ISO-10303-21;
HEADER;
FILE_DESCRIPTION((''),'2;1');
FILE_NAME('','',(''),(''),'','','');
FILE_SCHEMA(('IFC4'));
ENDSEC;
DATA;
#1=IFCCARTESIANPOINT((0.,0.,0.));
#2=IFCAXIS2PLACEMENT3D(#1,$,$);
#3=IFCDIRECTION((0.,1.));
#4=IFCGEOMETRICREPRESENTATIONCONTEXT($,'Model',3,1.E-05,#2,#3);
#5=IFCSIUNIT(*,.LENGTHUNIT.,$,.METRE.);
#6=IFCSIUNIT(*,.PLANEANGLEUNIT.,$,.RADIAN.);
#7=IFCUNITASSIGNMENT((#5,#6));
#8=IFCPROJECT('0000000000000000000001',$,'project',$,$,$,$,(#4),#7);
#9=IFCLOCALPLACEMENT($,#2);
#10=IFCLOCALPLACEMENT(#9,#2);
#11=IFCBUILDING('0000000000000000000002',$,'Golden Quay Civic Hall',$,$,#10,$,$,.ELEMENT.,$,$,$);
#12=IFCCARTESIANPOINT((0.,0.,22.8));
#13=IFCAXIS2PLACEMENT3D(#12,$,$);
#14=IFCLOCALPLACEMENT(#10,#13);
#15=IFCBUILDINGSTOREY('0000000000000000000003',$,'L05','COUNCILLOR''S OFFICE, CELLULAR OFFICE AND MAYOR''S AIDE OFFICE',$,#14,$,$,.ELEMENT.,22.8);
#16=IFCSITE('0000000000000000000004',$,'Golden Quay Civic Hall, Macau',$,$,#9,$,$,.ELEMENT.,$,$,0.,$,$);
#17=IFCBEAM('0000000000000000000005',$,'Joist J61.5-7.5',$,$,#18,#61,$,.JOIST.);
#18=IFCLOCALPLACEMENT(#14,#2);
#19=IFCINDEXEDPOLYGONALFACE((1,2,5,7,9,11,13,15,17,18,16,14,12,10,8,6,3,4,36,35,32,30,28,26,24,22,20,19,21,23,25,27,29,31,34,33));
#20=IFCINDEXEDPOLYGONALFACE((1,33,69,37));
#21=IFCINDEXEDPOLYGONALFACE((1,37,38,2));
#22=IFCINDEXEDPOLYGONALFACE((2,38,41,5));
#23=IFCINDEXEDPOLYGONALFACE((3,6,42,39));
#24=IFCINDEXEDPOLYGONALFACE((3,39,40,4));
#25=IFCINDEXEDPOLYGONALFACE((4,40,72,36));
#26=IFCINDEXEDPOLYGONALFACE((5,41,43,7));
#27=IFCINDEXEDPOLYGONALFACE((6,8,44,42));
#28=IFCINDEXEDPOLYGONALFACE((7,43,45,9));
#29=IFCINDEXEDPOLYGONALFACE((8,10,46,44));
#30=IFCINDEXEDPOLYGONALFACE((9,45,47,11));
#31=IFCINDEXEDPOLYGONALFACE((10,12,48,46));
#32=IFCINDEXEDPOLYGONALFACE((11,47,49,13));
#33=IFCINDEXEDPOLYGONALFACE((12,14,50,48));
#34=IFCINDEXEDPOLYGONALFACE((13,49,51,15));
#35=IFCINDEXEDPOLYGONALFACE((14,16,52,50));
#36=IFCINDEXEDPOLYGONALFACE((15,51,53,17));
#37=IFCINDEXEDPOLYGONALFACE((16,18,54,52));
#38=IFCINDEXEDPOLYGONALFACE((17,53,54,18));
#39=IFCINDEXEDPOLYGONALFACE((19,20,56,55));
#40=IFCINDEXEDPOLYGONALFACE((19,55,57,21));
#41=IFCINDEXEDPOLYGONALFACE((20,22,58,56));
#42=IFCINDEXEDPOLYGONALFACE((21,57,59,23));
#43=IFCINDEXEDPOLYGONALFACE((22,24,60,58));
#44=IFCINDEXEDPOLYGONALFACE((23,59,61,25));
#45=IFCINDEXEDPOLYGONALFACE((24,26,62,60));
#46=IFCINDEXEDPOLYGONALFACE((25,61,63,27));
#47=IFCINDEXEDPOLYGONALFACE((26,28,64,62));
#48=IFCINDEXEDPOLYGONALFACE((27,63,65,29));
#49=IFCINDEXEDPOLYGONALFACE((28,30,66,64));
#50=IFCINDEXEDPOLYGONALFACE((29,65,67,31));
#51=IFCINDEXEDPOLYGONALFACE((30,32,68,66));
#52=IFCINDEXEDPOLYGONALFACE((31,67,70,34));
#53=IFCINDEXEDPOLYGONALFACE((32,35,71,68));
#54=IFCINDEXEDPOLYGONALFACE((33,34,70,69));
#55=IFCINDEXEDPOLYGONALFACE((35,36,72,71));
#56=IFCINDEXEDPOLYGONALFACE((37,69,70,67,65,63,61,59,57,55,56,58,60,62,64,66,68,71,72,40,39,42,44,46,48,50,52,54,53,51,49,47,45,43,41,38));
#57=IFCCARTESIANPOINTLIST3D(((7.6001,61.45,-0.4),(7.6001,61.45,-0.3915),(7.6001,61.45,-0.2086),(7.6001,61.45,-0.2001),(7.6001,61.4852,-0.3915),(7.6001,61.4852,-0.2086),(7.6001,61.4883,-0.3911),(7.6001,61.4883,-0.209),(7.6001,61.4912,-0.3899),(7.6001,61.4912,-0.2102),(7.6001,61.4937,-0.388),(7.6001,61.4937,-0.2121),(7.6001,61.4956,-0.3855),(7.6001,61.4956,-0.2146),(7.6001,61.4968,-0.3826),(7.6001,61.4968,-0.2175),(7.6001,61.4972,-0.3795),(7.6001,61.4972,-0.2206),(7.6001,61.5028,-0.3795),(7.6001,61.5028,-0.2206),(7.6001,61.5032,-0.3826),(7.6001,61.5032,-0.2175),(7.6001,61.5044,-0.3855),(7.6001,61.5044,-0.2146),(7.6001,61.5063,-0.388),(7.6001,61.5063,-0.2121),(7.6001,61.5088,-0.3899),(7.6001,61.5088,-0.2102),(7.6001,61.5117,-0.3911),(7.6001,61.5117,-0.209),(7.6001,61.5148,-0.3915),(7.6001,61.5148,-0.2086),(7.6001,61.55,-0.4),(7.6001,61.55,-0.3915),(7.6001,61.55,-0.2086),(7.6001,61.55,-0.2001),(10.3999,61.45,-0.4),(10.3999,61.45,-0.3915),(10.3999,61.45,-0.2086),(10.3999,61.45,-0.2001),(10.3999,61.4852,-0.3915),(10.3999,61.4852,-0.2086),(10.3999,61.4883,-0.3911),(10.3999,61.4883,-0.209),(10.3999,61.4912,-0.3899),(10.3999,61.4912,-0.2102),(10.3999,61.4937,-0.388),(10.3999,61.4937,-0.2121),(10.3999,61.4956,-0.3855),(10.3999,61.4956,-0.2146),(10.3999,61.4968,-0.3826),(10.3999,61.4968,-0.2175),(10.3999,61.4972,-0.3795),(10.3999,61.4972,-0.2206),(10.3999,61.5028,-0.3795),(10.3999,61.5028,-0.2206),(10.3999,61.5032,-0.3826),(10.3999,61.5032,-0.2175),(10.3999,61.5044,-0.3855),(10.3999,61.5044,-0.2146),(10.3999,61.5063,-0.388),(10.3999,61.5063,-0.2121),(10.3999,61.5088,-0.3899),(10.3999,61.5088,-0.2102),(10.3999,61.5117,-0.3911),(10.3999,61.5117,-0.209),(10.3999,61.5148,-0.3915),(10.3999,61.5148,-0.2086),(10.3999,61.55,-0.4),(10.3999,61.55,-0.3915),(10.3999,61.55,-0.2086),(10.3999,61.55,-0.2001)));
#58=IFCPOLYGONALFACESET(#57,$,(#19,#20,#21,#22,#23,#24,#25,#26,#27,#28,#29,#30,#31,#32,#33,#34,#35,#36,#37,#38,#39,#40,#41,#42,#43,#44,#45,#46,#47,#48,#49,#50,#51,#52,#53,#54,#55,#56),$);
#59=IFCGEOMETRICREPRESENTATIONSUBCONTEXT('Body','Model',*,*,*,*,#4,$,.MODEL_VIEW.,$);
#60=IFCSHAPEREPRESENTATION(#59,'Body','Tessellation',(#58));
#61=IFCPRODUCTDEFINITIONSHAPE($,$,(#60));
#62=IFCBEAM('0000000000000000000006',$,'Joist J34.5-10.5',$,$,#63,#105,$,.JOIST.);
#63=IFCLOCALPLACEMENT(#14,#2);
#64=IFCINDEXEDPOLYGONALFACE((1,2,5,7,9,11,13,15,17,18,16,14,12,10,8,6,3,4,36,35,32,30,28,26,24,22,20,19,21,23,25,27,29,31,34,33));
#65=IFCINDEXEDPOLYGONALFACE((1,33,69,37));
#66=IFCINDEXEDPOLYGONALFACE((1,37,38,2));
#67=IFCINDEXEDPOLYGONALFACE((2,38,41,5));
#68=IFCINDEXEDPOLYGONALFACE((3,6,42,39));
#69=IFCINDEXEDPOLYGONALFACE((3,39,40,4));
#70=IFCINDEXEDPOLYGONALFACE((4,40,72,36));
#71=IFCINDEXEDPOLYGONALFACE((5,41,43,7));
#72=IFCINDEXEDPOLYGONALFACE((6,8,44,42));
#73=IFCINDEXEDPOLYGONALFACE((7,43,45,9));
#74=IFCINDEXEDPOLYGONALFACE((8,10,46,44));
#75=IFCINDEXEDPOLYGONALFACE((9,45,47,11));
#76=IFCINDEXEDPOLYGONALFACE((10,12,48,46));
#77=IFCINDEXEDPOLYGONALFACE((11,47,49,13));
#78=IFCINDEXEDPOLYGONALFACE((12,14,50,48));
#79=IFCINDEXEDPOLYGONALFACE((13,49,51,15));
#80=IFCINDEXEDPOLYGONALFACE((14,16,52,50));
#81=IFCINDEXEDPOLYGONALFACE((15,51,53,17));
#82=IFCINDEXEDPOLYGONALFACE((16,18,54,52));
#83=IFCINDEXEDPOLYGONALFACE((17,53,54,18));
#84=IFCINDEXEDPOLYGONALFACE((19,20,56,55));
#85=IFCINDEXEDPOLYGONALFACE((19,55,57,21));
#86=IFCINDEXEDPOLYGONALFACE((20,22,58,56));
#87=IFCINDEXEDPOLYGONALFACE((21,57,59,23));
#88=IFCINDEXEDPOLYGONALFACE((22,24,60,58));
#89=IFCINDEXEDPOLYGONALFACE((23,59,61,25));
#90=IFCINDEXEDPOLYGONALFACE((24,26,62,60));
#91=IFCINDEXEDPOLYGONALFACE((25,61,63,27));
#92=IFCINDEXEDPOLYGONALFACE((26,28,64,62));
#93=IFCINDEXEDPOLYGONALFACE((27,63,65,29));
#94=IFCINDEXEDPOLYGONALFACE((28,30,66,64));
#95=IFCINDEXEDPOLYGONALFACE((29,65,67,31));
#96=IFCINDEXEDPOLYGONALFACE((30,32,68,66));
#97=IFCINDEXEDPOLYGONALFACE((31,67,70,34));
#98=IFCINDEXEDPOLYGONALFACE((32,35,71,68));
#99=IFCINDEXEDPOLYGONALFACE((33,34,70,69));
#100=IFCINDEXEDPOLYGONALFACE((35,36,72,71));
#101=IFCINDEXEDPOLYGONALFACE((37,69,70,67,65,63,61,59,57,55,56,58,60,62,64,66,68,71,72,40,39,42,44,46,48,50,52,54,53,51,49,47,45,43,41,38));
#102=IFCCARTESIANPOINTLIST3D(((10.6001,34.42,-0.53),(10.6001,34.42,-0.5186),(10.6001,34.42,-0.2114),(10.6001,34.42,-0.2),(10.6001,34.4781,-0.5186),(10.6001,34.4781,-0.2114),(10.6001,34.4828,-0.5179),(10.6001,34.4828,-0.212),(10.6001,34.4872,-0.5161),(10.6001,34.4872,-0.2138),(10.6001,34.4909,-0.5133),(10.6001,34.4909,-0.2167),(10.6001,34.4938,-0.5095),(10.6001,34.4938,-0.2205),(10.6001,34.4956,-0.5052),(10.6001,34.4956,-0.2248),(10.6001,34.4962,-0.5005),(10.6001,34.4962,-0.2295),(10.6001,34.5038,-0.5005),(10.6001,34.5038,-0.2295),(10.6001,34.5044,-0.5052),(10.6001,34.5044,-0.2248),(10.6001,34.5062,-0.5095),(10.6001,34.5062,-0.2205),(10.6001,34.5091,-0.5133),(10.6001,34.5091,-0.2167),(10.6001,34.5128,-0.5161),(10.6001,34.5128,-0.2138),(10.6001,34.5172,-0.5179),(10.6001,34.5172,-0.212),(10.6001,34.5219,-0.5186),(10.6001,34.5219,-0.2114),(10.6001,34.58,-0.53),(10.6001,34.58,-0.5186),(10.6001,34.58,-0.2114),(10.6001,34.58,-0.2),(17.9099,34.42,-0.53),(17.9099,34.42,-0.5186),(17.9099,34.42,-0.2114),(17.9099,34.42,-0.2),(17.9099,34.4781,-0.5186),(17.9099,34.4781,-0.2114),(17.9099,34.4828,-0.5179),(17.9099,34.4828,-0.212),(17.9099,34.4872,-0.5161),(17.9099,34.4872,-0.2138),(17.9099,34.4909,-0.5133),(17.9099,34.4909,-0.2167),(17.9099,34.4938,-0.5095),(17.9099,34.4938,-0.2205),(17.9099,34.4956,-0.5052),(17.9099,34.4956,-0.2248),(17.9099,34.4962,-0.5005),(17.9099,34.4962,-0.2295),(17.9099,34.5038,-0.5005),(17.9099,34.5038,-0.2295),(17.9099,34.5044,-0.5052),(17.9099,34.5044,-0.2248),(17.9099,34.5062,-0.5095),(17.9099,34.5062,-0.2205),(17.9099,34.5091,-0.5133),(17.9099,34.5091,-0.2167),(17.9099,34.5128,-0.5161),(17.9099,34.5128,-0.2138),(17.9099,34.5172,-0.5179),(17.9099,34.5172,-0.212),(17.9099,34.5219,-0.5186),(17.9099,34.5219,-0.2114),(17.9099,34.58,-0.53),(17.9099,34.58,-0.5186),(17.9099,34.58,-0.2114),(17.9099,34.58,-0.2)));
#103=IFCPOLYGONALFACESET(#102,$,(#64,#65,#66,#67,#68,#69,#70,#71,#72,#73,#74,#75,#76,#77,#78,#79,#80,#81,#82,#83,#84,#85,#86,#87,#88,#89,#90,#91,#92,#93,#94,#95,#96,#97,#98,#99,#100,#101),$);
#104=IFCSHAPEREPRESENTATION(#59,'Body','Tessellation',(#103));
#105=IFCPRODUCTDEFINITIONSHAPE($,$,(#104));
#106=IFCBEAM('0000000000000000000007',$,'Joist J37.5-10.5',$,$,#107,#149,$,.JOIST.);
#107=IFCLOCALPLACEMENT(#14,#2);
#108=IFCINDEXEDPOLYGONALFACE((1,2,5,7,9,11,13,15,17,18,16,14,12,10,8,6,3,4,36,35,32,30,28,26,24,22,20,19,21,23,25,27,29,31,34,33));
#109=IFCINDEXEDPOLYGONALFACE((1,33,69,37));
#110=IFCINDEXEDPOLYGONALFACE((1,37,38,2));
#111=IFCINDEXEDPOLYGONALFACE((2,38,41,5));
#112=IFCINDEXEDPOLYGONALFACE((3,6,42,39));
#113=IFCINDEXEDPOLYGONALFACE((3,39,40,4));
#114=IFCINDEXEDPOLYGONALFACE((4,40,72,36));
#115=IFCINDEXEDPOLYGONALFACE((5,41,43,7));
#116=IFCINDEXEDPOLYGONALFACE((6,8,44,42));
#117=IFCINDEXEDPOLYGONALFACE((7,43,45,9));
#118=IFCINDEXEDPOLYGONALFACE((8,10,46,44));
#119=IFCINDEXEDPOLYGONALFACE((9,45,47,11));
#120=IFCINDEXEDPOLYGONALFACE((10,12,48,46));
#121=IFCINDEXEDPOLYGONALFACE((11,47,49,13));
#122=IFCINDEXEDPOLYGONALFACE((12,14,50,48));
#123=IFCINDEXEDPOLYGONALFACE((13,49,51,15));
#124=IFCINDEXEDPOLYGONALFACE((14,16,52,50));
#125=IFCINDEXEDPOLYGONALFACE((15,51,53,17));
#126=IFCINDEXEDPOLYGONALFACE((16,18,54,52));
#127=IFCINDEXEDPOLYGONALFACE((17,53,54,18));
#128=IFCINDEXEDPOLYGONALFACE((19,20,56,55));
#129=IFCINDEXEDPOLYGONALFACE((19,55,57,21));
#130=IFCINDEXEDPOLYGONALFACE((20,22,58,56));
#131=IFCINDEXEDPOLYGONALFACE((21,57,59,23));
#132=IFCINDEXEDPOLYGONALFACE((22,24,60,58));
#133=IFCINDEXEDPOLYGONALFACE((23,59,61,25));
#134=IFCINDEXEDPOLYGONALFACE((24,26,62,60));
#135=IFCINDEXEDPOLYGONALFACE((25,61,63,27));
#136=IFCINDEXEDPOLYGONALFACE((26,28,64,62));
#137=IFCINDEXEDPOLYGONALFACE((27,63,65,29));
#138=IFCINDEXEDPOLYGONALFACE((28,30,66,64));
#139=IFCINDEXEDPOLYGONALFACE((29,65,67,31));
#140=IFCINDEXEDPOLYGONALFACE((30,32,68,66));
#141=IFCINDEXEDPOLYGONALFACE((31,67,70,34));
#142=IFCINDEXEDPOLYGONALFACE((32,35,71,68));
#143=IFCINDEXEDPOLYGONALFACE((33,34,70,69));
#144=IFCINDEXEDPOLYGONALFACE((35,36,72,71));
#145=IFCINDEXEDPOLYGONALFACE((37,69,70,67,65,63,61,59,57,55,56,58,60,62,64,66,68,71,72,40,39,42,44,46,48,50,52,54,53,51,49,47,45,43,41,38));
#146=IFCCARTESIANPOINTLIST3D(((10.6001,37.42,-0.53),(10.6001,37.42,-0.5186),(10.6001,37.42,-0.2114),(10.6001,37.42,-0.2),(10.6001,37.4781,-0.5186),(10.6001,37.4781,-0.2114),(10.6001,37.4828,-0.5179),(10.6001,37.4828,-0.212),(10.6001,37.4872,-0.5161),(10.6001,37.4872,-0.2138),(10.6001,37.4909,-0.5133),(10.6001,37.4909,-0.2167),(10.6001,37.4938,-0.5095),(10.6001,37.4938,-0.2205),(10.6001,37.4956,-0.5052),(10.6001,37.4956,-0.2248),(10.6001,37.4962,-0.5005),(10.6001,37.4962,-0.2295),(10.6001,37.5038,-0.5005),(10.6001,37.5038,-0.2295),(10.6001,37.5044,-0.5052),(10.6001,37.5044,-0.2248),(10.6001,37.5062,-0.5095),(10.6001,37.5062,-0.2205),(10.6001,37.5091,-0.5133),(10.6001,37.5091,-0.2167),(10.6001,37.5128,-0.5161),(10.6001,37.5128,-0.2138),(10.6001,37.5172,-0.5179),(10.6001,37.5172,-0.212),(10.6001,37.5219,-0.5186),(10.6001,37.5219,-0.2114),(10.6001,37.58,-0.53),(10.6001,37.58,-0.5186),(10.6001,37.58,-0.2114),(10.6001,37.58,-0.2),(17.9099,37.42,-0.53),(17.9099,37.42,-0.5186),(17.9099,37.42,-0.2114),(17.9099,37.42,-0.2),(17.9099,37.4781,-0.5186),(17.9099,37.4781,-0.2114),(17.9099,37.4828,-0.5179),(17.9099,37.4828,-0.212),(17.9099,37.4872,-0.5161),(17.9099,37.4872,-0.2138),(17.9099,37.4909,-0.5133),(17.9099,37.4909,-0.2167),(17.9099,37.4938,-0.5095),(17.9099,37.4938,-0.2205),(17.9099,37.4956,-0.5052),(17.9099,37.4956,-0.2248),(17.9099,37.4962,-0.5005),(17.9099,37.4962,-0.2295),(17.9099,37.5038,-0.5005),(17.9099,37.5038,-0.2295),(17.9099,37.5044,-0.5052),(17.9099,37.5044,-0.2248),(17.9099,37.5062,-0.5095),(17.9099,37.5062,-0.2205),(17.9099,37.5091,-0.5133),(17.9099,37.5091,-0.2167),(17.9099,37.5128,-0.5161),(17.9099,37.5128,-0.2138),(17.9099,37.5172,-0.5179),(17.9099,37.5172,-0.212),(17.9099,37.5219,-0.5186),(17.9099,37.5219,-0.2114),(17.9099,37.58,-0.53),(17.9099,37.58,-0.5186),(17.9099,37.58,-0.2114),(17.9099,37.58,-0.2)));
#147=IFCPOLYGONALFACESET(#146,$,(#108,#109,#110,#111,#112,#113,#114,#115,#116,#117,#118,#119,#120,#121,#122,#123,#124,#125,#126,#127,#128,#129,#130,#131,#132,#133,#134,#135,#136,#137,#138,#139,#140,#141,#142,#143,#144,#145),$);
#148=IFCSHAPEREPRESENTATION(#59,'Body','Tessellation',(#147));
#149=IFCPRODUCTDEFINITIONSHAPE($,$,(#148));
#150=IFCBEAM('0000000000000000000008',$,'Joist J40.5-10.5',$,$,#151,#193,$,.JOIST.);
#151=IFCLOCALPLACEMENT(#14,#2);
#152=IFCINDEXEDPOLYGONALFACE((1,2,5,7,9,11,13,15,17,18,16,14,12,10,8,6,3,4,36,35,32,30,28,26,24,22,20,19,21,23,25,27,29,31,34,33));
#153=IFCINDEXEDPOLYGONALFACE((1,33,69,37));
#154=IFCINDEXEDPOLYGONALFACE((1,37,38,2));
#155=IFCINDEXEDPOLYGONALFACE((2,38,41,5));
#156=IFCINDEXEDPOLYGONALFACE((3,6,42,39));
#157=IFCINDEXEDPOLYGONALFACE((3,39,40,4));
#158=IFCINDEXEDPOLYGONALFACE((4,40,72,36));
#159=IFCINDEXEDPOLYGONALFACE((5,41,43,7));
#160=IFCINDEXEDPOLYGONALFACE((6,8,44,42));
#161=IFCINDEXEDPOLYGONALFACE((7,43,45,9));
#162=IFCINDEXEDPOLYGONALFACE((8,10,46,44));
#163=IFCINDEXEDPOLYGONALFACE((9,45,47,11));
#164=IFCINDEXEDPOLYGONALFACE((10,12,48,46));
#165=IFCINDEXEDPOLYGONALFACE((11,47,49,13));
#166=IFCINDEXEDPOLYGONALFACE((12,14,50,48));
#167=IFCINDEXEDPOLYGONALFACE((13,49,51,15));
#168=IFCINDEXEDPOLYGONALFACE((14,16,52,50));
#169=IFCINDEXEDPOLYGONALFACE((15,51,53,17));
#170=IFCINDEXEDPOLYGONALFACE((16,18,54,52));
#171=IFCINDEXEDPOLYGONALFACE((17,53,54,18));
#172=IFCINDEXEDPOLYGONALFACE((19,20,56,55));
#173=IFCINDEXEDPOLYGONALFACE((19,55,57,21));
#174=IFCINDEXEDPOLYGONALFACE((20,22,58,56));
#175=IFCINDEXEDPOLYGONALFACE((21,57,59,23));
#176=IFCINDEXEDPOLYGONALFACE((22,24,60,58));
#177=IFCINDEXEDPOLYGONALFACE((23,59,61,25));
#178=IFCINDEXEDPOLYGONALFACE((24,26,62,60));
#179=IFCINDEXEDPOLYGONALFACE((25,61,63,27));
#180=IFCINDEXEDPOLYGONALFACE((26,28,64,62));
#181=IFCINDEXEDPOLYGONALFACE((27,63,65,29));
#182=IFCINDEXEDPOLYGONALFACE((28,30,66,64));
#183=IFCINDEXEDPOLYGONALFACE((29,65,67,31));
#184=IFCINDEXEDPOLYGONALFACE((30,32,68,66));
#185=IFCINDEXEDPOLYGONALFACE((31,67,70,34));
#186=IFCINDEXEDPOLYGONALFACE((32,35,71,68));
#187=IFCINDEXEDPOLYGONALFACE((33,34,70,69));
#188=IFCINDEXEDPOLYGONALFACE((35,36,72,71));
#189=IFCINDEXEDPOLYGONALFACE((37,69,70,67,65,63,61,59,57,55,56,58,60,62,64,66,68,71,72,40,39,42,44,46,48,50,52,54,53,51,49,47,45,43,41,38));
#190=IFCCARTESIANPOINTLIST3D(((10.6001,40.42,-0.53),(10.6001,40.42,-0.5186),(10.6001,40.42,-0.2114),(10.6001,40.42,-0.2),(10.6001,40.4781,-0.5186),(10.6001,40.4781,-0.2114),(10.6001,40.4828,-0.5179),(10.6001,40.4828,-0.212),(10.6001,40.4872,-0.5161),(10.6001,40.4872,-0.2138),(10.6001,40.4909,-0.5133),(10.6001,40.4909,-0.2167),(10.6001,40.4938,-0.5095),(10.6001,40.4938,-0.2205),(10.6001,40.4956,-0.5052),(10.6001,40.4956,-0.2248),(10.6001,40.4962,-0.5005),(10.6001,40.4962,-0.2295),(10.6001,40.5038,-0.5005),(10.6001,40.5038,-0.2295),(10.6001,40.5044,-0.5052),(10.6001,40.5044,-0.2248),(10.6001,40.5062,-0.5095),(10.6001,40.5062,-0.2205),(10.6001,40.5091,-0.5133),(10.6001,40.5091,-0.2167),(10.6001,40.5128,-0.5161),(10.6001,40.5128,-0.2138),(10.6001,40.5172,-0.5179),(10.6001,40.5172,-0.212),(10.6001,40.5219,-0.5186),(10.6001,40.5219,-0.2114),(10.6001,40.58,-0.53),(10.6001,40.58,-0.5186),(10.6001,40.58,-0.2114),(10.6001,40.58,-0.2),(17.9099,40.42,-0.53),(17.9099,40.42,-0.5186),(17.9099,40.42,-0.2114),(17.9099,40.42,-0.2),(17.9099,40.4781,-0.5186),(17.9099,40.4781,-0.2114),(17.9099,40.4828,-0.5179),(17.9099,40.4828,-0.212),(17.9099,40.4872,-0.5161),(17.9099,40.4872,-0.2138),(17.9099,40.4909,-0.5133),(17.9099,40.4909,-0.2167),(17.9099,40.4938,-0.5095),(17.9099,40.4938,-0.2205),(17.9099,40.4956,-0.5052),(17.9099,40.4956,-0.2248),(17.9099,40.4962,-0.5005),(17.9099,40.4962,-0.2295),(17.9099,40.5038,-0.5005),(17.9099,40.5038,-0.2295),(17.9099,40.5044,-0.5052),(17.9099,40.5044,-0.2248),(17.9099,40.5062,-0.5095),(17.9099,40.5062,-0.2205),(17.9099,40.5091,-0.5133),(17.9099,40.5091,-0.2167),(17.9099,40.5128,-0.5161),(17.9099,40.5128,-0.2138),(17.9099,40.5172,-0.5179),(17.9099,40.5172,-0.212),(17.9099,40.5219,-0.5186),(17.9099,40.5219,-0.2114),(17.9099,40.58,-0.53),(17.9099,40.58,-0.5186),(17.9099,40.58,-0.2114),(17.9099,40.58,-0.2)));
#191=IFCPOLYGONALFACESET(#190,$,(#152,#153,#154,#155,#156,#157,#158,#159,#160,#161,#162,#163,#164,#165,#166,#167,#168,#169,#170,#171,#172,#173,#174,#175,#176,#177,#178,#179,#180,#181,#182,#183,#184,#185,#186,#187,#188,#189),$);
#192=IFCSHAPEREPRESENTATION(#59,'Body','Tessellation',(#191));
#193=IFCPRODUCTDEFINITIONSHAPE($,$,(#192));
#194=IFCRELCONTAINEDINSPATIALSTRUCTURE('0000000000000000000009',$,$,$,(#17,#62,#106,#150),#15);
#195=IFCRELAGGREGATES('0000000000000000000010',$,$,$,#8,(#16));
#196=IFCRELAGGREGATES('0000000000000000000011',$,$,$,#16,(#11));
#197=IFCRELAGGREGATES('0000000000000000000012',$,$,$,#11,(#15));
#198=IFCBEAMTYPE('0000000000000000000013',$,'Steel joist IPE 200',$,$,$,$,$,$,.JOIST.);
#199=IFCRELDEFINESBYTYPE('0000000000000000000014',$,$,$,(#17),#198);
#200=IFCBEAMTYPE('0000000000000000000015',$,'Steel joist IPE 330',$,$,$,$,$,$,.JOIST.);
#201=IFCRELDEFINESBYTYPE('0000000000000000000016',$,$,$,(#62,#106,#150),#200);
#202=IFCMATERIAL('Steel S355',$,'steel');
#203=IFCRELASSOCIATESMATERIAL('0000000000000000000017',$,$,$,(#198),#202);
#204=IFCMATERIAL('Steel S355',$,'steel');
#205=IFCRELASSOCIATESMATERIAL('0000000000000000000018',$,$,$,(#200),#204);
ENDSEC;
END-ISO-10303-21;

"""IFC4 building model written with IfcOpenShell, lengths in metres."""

from ifc_helpers import new_model, si_unit, direction, frame, origin, origin_2d, place, context, subcontext, project, spatial, i_section, extrude, material, material_profile, profile_set, type_object, element, save


model = new_model("IFC4")

# Units and contexts
model_context = context("Model", 3, precision=1e-05, world=origin(), true_north=direction((0.0, 1.0)))
body_context = subcontext(model_context, "Body", "Model", "MODEL_VIEW")
ifc_project = project(units=[si_unit("LENGTHUNIT", "METRE"), si_unit("PLANEANGLEUNIT", "RADIAN")], contexts=[model_context])

# Site, building, storey
site_placement = place(None, origin())
site = spatial("IfcSite", under=ifc_project, at=site_placement, Name="Golden Quay Civic Hall, Macau", CompositionType="ELEMENT", RefElevation=0.0)
building_placement = place(site_placement, origin())
building = spatial("IfcBuilding", under=site, at=building_placement, Name="Golden Quay Civic Hall", CompositionType="ELEMENT")
storey_placement = place(building_placement, frame((0.0, 0.0, 22.8)))
storey = spatial("IfcBuildingStorey", under=building, at=storey_placement, Name="L05", Description="COUNCILLOR'S OFFICE, CELLULAR OFFICE AND MAYOR'S AIDE OFFICE", CompositionType="ELEMENT", Elevation=22.8)

# Beams
ifc_material_1 = material(Name="Steel S355", Category="steel")
ifc_material_profile_1 = material_profile(ifc_material_1, i_section(OverallWidth=0.1001, OverallDepth=0.2, WebThickness=0.0056, FlangeThickness=0.0085, FilletRadius=0.012, at=origin_2d()), Name="IPE 200")
ifc_profile_set_1 = profile_set([ifc_material_profile_1], Name="Steel S355")
beam_type_1 = type_object("IfcBeamType", Name="Steel joist IPE 200", PredefinedType="JOIST", material=ifc_profile_set_1)
for number, where, z_axis, x_axis, name in (
    (1, (7.6001, 61.5, -0.3), (1.0, 0.0, 0.0), (0.0, 1.0, 0.0), "Joist J61.5-7.5"),
):
    element("IfcBeam", number, at=place(storey_placement, frame(where, z_axis=z_axis, x_axis=x_axis)), inside=storey, type_object=beam_type_1, Name=name, PredefinedType="JOIST", context=body_context, shape_type="SweptSolid", body=[
        extrude(i_section(OverallWidth=0.1001, OverallDepth=0.2, WebThickness=0.0056, FlangeThickness=0.0085, FilletRadius=0.012, at=origin_2d()), origin(), (0.0, 0.0, 1.0), 2.7998),
    ])
ifc_material_2 = material(Name="Steel S355", Category="steel")
ifc_material_profile_2 = material_profile(ifc_material_2, i_section(OverallWidth=0.1599, OverallDepth=0.3301, WebThickness=0.0076, FlangeThickness=0.0115, FilletRadius=0.0181, at=origin_2d()), Name="IPE 330")
ifc_profile_set_2 = profile_set([ifc_material_profile_2], Name="Steel S355")
beam_type_2 = type_object("IfcBeamType", Name="Steel joist IPE 330", PredefinedType="JOIST", material=ifc_profile_set_2)
for number, where, z_axis, x_axis, name in (
    (2, (10.6001, 34.5, -0.365), (1.0, 0.0, 0.0), (0.0, 1.0, 0.0), "Joist J34.5-10.5"),
    (3, (10.6001, 37.5, -0.365), (1.0, 0.0, 0.0), (0.0, 1.0, 0.0), "Joist J37.5-10.5"),
    (4, (10.6001, 40.5, -0.365), (1.0, 0.0, 0.0), (0.0, 1.0, 0.0), "Joist J40.5-10.5"),
):
    element("IfcBeam", number, at=place(storey_placement, frame(where, z_axis=z_axis, x_axis=x_axis)), inside=storey, type_object=beam_type_2, Name=name, PredefinedType="JOIST", context=body_context, shape_type="SweptSolid", body=[
        extrude(i_section(OverallWidth=0.1599, OverallDepth=0.3301, WebThickness=0.0076, FlangeThickness=0.0115, FilletRadius=0.0181, at=origin_2d()), origin(), (0.0, 0.0, 1.0), 7.3098),
    ])

save(model, "model.ifc")
